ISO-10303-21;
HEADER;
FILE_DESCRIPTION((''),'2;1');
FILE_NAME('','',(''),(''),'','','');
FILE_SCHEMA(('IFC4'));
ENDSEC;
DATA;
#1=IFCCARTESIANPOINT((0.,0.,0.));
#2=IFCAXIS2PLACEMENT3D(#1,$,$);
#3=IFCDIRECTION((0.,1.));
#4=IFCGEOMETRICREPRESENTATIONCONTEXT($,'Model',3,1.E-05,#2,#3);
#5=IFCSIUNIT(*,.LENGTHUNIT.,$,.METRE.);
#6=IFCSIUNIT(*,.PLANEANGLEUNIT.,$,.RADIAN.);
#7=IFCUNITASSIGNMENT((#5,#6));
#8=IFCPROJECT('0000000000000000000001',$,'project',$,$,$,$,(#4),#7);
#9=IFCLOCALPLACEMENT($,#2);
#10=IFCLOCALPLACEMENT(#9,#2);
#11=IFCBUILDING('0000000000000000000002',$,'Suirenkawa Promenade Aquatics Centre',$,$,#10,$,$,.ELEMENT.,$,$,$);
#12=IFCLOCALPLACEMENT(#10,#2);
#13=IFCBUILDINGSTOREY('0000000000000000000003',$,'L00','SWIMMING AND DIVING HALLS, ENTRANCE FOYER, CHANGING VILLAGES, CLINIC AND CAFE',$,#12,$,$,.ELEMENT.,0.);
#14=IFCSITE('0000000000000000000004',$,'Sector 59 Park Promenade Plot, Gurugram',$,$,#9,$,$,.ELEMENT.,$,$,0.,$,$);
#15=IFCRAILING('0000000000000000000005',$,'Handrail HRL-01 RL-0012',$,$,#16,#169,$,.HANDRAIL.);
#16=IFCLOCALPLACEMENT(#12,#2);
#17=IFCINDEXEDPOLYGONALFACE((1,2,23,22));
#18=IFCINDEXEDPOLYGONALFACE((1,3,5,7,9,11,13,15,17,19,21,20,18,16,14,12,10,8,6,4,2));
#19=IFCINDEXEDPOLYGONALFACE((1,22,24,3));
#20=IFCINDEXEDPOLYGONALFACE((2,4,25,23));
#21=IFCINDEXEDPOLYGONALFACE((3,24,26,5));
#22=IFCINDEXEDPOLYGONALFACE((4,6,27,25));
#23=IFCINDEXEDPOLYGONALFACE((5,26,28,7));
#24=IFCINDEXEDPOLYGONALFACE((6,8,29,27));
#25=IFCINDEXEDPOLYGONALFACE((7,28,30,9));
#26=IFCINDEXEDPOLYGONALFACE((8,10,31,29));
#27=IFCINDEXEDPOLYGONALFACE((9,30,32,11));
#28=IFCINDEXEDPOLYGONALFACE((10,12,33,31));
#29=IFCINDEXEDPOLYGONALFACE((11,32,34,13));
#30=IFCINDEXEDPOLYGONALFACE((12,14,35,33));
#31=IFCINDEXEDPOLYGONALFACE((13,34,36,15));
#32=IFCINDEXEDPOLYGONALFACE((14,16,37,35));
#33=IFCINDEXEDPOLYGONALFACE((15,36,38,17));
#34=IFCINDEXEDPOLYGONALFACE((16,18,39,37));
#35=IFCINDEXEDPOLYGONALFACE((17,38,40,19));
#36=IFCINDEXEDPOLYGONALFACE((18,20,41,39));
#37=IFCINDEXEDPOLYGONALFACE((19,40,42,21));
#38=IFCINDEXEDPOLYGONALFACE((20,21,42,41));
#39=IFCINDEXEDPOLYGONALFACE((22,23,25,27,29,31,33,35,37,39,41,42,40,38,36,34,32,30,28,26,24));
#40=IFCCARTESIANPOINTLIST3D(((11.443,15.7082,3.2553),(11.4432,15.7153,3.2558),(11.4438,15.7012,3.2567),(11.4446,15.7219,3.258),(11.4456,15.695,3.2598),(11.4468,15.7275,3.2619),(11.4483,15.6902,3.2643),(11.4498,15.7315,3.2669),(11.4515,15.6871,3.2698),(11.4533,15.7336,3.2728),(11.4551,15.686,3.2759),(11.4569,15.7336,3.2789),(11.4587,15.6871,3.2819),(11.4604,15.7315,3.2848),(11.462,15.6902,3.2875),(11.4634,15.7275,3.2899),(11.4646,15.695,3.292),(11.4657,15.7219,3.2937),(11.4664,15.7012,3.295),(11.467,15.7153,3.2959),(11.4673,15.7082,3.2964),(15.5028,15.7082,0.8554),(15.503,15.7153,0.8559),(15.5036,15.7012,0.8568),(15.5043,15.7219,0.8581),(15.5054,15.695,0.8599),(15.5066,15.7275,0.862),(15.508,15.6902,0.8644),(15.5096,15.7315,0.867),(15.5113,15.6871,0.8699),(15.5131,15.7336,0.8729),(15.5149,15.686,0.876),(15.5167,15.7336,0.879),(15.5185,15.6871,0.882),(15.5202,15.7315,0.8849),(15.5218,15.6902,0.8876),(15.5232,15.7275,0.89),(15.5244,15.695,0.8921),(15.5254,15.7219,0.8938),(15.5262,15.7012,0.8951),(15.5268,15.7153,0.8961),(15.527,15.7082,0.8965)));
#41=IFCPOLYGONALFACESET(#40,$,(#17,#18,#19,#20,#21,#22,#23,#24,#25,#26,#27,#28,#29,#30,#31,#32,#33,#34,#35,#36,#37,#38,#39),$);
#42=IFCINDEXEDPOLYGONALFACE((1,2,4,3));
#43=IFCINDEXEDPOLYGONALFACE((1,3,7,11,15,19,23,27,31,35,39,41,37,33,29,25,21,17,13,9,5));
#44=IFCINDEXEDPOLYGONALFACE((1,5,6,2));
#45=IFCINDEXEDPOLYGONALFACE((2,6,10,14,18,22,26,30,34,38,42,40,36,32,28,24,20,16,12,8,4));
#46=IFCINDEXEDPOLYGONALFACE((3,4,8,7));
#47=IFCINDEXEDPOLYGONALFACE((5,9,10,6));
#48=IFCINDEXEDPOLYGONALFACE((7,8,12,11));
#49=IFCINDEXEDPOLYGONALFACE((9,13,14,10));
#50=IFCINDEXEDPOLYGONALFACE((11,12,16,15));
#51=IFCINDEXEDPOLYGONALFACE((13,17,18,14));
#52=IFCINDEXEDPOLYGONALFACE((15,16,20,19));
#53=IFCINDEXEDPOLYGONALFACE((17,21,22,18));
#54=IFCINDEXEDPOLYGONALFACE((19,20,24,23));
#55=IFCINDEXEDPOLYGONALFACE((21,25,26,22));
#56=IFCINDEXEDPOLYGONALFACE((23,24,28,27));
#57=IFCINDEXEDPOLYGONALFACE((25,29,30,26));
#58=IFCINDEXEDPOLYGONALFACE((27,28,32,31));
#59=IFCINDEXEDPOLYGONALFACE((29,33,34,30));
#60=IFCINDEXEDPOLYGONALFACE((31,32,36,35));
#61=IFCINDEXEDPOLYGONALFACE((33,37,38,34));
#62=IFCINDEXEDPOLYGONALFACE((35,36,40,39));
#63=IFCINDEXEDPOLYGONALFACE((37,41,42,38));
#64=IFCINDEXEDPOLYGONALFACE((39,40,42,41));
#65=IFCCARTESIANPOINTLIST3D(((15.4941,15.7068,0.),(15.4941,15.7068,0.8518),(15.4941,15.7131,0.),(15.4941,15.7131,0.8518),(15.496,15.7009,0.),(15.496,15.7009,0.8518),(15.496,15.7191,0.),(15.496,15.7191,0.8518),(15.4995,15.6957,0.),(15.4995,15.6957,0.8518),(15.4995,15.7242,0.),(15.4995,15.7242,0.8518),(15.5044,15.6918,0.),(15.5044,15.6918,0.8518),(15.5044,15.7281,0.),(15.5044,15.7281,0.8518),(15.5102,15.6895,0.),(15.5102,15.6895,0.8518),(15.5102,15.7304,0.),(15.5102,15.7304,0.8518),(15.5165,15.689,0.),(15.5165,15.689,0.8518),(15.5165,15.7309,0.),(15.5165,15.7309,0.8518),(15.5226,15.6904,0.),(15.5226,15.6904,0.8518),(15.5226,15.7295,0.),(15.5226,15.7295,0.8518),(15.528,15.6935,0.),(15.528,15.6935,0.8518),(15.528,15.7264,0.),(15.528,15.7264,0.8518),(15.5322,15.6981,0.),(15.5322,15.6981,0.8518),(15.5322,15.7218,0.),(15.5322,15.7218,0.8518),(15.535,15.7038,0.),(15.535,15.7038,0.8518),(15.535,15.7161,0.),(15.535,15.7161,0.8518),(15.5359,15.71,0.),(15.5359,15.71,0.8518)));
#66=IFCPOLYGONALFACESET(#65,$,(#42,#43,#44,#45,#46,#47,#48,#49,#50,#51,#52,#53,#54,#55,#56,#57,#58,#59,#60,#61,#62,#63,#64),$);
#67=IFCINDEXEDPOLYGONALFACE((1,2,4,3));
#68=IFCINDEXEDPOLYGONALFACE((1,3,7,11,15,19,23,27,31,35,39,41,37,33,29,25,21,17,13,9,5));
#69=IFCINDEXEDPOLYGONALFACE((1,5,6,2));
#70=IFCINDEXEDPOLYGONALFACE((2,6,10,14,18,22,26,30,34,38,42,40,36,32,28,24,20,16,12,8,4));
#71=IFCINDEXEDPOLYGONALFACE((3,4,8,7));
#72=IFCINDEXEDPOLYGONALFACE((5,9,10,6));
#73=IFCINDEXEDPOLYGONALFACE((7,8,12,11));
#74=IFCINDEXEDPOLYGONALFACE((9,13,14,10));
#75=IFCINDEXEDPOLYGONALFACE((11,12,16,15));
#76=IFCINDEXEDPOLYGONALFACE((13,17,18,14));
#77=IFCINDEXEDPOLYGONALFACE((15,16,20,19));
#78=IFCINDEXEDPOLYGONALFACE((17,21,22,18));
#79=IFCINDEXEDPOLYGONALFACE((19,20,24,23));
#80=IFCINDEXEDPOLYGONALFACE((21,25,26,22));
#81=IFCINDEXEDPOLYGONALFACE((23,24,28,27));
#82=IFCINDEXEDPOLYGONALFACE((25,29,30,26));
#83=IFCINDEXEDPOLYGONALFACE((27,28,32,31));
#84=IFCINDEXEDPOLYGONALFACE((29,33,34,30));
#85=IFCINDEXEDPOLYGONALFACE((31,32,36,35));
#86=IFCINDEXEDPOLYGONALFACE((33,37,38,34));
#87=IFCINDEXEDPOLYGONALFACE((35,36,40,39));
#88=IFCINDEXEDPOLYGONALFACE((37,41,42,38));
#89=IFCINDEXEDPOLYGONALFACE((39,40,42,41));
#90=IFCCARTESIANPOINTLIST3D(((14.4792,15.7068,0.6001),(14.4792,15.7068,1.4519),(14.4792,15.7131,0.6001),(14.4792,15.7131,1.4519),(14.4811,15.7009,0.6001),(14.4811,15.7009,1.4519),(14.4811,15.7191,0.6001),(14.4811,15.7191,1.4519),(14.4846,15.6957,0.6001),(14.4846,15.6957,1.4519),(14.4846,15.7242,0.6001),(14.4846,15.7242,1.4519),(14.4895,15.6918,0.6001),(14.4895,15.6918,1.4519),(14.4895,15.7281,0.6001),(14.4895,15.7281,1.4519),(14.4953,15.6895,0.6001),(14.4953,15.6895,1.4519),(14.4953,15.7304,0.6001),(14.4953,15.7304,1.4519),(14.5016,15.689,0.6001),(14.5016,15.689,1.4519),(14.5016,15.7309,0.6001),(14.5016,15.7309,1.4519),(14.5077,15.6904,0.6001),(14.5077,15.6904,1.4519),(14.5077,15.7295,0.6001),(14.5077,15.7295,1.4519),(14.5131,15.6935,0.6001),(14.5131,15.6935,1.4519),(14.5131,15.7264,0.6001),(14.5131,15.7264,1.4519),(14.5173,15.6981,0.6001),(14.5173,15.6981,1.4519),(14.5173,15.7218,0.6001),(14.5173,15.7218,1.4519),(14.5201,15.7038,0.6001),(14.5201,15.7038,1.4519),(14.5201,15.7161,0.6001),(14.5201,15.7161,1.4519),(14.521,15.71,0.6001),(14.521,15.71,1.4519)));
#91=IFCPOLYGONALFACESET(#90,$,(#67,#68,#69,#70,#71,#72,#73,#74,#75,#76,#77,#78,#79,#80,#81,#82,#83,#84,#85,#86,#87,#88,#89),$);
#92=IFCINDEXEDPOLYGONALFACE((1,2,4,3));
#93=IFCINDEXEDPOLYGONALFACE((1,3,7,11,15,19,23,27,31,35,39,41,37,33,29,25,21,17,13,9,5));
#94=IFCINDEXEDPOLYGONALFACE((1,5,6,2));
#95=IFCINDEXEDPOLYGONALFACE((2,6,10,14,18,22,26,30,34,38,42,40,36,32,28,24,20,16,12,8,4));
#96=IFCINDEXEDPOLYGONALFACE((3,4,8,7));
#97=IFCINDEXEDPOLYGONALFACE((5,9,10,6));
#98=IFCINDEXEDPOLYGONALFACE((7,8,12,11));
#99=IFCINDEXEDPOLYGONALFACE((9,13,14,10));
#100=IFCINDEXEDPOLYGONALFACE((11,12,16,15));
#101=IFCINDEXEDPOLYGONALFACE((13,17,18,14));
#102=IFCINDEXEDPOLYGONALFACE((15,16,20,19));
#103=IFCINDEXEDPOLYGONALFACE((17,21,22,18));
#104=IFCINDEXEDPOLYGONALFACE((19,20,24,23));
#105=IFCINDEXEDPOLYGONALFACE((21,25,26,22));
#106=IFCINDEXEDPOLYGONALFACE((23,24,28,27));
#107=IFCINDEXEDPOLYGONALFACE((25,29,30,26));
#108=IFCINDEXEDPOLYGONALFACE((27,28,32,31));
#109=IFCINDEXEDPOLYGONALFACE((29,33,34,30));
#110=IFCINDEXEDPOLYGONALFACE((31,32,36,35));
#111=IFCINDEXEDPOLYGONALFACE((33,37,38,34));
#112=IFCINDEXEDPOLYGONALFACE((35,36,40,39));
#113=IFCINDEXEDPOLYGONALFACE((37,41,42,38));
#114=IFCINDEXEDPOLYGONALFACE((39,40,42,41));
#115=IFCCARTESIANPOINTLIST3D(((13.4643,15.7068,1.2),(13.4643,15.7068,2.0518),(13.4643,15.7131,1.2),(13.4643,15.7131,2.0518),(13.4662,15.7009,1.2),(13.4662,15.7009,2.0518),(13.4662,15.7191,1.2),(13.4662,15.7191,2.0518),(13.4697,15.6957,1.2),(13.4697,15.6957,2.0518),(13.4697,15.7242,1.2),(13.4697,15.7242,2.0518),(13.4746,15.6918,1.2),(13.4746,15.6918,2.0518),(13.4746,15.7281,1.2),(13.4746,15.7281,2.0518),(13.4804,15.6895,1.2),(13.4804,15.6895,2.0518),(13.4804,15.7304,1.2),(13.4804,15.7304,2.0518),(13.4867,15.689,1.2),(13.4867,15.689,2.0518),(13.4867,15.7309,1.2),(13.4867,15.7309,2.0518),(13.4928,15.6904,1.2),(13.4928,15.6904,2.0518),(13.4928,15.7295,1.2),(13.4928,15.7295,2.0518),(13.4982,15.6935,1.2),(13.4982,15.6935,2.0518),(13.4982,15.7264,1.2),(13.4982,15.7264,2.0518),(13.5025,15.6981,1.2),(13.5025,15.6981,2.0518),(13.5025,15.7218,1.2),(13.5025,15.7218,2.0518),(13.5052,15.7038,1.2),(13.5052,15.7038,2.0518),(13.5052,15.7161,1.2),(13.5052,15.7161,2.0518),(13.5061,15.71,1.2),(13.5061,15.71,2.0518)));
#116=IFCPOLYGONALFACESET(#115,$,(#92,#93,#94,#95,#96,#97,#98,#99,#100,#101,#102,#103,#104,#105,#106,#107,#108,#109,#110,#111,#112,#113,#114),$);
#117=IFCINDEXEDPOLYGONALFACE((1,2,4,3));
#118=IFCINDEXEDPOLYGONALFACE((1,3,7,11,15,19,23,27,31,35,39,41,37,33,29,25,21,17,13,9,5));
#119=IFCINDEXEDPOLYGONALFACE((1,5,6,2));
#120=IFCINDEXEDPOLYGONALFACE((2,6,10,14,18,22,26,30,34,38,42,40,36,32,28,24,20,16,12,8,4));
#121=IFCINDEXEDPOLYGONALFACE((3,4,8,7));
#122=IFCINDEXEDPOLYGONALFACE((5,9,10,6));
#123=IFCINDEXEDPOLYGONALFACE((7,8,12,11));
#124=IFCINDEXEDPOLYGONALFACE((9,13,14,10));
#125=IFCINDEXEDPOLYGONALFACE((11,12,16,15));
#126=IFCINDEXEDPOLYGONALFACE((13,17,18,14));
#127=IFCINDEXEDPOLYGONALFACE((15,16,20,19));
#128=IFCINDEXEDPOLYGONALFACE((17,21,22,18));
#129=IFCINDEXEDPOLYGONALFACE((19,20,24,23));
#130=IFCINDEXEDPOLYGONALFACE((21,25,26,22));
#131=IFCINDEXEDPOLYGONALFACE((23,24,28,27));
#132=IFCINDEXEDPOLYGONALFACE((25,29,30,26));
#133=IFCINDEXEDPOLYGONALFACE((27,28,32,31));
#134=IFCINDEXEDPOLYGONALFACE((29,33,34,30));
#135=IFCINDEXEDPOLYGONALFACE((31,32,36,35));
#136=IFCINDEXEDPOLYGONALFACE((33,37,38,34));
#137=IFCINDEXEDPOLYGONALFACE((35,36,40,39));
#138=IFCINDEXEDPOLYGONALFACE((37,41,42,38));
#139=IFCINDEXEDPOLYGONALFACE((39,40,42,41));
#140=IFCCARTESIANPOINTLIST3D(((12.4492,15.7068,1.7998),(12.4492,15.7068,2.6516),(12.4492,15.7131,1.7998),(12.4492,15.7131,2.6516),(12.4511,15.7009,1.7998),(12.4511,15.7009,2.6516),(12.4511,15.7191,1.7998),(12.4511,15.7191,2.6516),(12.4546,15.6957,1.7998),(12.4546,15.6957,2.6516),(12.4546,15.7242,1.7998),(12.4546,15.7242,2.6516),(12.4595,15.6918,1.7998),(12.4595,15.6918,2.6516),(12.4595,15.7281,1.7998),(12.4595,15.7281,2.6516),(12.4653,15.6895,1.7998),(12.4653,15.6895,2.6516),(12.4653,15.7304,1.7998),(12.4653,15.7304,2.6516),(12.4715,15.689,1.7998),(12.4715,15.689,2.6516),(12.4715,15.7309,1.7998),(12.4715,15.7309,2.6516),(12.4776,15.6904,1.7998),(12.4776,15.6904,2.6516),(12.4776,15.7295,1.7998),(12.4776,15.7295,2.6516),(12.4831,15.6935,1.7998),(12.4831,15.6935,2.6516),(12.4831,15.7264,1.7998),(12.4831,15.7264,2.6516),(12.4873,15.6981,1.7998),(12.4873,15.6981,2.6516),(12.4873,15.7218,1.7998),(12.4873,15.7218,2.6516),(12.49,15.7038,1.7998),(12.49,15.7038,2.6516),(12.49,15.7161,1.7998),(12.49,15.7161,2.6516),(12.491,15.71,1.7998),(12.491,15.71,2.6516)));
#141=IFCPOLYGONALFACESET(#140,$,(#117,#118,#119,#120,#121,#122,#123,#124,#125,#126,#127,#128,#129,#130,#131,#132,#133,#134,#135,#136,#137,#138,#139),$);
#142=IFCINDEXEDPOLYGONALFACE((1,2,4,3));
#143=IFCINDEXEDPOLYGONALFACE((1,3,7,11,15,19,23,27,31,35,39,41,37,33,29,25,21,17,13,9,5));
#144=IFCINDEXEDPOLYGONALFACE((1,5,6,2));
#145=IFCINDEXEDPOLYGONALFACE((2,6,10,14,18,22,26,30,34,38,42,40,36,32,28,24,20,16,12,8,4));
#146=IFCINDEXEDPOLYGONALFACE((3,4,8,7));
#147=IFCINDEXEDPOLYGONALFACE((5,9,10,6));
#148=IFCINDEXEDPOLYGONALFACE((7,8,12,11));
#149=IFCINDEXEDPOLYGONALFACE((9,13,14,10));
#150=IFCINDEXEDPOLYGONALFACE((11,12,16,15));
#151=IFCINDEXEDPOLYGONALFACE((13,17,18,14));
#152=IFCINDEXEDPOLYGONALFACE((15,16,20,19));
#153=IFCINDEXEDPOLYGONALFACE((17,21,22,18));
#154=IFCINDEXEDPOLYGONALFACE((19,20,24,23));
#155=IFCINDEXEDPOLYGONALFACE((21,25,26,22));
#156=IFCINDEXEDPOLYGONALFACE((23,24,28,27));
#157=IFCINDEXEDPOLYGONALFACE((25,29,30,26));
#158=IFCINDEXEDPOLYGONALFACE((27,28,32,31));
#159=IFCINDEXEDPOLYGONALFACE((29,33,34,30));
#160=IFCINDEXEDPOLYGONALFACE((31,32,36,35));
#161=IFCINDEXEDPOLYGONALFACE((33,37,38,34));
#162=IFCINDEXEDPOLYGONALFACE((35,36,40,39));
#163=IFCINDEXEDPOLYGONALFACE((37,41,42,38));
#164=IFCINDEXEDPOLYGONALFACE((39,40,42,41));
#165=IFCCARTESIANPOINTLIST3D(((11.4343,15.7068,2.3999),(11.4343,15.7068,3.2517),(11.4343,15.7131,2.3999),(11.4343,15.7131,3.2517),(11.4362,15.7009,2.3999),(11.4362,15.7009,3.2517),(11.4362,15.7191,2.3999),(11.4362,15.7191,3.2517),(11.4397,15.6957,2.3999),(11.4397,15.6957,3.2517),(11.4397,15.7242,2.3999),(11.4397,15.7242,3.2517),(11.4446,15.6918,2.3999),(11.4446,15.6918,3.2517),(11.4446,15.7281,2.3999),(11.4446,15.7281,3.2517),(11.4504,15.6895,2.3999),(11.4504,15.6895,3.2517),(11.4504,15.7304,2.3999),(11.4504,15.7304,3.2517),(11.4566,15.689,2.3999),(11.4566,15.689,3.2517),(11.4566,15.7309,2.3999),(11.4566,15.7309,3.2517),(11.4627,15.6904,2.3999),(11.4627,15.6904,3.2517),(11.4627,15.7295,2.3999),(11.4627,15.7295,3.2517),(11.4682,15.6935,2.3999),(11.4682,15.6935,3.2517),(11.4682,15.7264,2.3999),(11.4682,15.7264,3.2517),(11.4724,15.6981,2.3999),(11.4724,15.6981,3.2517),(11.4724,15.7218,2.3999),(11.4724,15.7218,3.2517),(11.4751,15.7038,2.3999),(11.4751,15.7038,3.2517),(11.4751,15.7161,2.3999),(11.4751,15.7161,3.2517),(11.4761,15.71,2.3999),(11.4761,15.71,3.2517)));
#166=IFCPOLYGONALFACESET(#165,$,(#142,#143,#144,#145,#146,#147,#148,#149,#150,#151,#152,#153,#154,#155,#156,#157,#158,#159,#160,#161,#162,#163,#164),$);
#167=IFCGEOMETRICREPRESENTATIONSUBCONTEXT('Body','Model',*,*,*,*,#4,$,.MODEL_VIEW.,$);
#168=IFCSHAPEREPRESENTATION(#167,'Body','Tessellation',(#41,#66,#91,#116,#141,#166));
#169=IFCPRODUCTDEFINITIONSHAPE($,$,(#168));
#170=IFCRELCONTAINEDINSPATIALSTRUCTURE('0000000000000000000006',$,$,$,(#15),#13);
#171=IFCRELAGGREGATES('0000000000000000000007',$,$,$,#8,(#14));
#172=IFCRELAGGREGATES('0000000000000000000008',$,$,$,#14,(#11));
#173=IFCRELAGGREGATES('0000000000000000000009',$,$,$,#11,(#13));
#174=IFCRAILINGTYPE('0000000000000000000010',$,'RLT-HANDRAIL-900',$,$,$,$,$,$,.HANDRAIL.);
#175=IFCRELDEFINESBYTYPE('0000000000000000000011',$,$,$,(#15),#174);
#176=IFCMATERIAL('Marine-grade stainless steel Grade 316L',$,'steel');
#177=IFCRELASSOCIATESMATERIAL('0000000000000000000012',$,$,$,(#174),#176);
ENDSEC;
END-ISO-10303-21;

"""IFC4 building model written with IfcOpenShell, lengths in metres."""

from ifc_helpers import new_model, si_unit, direction, frame, origin, origin_2d, place, context, subcontext, project, spatial, circle, extrude, material, type_object, element, save


model = new_model("IFC4")

# Units and contexts
model_context = context("Model", 3, precision=1e-05, world=origin(), true_north=direction((0.0, 1.0)))
body_context = subcontext(model_context, "Body", "Model", "MODEL_VIEW")
ifc_project = project(units=[si_unit("LENGTHUNIT", "METRE"), si_unit("PLANEANGLEUNIT", "RADIAN")], contexts=[model_context])

# Site, building, storey
site_placement = place(None, origin())
site = spatial("IfcSite", under=ifc_project, at=site_placement, Name="Sector 59 Park Promenade Plot, Gurugram", CompositionType="ELEMENT", RefElevation=0.0)
building_placement = place(site_placement, origin())
building = spatial("IfcBuilding", under=site, at=building_placement, Name="Suirenkawa Promenade Aquatics Centre", CompositionType="ELEMENT")
storey_placement = place(building_placement, origin())
storey = spatial("IfcBuildingStorey", under=building, at=storey_placement, Name="L00", Description="SWIMMING AND DIVING HALLS, ENTRANCE FOYER, CHANGING VILLAGES, CLINIC AND CAFE", CompositionType="ELEMENT", Elevation=0.0)

# Shared definitions
ifc_material_1 = material(Name="Marine-grade stainless steel Grade 316L", Category="steel")

# Railing
railing_type_1 = type_object("IfcRailingType", Name="RLT-HANDRAIL-900", PredefinedType="HANDRAIL", material=ifc_material_1)
railing_1_placement = place(storey_placement, frame((15.5149, 15.71, 0.0)))
element("IfcRailing", 1, at=railing_1_placement, inside=storey, type_object=railing_type_1, Name="Handrail HRL-01 RL-0012", PredefinedType="HANDRAIL", context=body_context, shape_type="SweptSolid", body=[
    extrude(circle(Radius=0.0239, at=origin_2d()), frame((0.0, 0.0, 0.876), z_axis=(-0.860841, 0.0, 0.508874), x_axis=(0.0, -1.0, 0.0)), (0.0, 0.0, 1.0), 4.7161),
    extrude(circle(Radius=0.021, at=origin_2d()), origin(), (0.0, 0.0, 1.0), 0.8518),
    extrude(circle(Radius=0.021, at=origin_2d()), frame((-1.0149, 0.0, 0.6001)), (0.0, 0.0, 1.0), 0.8518),
    extrude(circle(Radius=0.021, at=origin_2d()), frame((-2.0298, 0.0, 1.2)), (0.0, 0.0, 1.0), 0.8518),
    extrude(circle(Radius=0.021, at=origin_2d()), frame((-3.0449, 0.0, 1.7998)), (0.0, 0.0, 1.0), 0.8518),
    extrude(circle(Radius=0.021, at=origin_2d()), frame((-4.0598, 0.0, 2.3999)), (0.0, 0.0, 1.0), 0.8518),
])

save(model, "model.ifc")
